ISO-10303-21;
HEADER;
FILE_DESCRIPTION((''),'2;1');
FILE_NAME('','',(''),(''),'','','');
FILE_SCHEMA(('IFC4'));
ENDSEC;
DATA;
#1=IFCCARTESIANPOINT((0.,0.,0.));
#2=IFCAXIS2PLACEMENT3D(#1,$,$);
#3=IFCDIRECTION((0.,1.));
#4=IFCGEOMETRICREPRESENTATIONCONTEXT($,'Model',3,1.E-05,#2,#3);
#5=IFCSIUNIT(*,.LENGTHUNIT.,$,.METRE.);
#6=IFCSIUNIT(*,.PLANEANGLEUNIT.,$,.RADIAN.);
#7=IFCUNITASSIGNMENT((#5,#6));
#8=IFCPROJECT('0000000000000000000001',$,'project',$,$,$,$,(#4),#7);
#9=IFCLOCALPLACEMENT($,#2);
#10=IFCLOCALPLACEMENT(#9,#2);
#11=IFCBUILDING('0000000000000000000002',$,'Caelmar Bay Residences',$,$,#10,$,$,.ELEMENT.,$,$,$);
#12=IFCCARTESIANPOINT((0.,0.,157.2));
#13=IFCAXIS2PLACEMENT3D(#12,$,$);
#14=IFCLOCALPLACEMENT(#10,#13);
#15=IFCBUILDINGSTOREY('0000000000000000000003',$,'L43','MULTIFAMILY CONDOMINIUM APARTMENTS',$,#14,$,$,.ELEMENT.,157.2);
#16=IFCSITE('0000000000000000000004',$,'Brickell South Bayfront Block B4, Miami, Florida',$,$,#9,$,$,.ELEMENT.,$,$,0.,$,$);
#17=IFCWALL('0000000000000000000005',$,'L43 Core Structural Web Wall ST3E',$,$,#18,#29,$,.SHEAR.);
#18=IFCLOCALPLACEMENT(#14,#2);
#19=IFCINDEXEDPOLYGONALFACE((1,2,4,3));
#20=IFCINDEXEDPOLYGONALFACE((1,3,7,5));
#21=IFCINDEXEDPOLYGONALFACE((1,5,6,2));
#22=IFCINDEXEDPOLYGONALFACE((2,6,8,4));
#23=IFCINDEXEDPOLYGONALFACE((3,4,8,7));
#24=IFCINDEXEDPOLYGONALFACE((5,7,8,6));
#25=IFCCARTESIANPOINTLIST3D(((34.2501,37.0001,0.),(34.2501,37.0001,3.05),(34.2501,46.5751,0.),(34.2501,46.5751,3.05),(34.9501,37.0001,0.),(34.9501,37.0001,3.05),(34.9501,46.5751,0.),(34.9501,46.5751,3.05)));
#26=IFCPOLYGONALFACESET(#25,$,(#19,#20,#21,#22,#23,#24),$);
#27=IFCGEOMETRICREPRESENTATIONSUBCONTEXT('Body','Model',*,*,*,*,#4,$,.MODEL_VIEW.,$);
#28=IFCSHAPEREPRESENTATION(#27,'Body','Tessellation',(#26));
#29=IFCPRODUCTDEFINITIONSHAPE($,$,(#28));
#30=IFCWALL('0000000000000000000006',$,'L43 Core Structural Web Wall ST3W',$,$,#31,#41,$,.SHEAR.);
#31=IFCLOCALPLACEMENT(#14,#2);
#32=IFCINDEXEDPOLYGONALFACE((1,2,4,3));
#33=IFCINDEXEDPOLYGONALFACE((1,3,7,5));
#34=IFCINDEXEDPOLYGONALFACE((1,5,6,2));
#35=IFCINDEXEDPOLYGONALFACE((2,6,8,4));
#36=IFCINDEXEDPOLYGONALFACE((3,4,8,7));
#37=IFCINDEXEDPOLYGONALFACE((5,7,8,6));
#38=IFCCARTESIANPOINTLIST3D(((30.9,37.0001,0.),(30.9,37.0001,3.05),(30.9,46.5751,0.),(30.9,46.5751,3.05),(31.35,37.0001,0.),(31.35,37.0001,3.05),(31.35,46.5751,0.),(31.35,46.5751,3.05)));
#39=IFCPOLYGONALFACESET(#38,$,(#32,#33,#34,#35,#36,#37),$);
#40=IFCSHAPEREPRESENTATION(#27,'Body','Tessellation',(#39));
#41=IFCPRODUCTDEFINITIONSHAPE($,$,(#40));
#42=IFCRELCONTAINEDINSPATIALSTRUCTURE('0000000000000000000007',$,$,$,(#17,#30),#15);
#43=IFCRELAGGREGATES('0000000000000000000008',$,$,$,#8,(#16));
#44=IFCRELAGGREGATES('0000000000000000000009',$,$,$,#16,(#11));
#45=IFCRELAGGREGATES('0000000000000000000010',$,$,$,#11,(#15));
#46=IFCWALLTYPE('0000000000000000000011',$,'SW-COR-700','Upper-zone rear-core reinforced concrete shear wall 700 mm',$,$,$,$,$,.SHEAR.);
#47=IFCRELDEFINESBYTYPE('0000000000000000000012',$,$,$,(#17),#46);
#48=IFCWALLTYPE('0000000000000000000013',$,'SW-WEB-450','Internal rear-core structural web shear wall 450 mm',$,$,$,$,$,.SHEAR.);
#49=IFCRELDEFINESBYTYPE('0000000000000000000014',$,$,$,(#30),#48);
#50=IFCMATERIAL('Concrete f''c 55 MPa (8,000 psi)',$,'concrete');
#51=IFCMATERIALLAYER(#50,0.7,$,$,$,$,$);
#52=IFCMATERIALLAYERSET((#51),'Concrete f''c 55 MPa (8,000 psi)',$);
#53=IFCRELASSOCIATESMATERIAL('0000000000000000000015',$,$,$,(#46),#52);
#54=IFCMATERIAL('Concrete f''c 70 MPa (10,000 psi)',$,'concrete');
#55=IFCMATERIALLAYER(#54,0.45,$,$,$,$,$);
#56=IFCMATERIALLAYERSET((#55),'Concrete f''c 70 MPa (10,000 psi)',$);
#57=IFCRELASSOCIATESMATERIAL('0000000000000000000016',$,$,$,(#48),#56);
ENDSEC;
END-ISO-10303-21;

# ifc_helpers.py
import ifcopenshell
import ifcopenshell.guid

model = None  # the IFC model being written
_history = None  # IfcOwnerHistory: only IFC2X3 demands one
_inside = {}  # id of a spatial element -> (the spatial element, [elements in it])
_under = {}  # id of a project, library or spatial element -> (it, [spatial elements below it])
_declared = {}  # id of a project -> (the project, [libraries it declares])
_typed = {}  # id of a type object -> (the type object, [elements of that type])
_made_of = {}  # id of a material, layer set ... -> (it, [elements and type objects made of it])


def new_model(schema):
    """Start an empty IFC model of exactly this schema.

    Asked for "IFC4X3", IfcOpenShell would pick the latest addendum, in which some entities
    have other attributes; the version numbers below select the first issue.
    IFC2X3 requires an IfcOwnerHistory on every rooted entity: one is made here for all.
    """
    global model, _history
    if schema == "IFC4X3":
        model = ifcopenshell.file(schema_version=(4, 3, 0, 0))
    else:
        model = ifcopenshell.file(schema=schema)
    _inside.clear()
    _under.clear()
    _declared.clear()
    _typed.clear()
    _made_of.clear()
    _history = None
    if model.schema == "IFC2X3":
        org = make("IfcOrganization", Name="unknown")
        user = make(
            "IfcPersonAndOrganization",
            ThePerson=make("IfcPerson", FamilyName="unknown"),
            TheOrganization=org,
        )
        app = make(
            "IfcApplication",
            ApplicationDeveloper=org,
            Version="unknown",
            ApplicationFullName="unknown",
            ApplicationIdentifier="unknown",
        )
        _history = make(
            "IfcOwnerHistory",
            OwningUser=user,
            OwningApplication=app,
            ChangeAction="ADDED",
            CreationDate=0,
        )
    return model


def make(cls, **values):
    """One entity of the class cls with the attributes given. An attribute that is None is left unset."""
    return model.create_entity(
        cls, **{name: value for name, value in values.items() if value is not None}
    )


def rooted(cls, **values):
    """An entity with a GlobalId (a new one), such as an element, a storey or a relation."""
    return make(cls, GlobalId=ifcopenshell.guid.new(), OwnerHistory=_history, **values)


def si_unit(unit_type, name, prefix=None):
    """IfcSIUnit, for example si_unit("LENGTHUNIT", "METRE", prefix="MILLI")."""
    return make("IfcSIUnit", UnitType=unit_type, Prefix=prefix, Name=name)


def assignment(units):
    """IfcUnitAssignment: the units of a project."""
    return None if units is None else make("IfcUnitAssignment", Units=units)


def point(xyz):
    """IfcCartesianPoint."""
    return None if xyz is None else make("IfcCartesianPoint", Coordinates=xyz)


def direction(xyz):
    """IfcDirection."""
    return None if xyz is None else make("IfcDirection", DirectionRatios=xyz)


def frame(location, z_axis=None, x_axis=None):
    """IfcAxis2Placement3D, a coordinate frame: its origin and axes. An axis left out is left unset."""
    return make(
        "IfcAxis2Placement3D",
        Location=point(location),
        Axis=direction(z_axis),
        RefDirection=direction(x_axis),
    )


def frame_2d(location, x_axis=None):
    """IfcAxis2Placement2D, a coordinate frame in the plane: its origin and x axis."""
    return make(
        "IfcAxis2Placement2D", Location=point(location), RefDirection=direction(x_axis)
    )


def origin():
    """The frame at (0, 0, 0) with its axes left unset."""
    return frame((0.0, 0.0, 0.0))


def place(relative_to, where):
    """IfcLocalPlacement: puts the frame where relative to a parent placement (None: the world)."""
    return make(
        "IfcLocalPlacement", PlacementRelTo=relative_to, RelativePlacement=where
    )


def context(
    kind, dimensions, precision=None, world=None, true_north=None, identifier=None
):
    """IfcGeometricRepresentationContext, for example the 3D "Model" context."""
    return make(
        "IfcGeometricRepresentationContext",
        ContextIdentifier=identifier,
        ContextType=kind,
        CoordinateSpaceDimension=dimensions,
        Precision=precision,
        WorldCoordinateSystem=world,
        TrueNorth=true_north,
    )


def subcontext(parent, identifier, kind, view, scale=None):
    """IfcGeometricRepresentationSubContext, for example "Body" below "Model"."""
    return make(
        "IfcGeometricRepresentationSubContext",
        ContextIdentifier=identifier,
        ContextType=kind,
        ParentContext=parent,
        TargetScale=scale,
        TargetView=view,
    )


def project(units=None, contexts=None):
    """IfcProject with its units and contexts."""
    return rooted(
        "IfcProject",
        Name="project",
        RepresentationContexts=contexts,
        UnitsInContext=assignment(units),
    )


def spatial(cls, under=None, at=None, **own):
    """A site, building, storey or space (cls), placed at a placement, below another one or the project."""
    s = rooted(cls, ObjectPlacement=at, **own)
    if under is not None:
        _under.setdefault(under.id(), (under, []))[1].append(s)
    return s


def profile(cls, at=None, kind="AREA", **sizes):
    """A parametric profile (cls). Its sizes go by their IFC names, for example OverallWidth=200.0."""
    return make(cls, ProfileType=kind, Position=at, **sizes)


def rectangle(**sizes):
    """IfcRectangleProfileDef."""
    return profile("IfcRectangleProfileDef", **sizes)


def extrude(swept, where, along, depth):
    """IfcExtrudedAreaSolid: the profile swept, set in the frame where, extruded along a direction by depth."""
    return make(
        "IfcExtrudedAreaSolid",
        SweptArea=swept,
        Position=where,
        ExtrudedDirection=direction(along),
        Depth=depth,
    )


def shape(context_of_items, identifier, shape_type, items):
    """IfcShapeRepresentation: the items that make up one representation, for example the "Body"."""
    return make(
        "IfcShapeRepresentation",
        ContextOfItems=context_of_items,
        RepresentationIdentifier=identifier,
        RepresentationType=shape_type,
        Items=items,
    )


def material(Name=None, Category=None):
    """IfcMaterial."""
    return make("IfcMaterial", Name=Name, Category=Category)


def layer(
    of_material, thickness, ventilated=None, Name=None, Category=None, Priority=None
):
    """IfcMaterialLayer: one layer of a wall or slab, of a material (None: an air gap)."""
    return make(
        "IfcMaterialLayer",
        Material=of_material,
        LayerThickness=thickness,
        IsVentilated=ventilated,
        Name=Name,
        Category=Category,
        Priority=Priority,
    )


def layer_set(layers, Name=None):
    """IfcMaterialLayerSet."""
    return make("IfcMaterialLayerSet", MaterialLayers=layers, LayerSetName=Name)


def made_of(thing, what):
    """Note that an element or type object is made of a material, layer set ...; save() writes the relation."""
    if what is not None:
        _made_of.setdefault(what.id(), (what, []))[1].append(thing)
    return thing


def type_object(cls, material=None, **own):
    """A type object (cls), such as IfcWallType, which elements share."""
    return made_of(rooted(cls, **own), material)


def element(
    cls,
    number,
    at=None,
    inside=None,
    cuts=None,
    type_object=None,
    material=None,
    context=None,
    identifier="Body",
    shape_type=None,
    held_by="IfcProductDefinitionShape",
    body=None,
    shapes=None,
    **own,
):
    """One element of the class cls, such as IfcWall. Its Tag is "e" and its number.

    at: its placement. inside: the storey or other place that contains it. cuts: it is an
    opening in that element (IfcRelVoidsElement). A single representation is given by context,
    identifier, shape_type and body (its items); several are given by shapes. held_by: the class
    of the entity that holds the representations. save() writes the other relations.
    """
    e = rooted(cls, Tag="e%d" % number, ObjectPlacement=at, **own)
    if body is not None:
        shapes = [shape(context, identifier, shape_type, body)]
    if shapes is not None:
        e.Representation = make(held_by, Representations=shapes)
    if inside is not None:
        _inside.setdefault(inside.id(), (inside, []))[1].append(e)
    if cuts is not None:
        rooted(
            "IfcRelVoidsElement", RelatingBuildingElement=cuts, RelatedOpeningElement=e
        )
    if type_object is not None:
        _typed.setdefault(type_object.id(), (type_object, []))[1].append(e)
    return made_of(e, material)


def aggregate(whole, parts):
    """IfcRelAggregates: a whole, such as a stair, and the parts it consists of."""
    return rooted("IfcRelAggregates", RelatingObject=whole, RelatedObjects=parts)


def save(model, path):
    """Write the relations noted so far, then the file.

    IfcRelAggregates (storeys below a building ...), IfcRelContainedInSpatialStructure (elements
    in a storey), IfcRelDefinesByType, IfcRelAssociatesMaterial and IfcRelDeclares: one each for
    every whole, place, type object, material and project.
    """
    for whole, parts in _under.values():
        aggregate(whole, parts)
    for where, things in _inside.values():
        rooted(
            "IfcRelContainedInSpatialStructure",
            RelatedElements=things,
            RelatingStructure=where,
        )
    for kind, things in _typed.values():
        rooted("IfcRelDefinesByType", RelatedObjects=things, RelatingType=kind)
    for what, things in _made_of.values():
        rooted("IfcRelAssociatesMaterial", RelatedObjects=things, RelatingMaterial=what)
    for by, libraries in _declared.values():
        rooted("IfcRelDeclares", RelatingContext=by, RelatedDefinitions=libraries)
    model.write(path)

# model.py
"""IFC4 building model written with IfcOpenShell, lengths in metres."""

from ifc_helpers import new_model, si_unit, direction, frame, frame_2d, origin, place, context, subcontext, project, spatial, rectangle, extrude, material, layer, layer_set, type_object, element, save


model = new_model("IFC4")

# Units and contexts
model_context = context("Model", 3, precision=1e-05, world=origin(), true_north=direction((0.0, 1.0)))
body_context = subcontext(model_context, "Body", "Model", "MODEL_VIEW")
ifc_project = project(units=[si_unit("LENGTHUNIT", "METRE"), si_unit("PLANEANGLEUNIT", "RADIAN")], contexts=[model_context])

# Site, building, storey
site_placement = place(None, origin())
site = spatial("IfcSite", under=ifc_project, at=site_placement, Name="Brickell South Bayfront Block B4, Miami, Florida", CompositionType="ELEMENT", RefElevation=0.0)
building_placement = place(site_placement, origin())
building = spatial("IfcBuilding", under=site, at=building_placement, Name="Caelmar Bay Residences", CompositionType="ELEMENT")
storey_placement = place(building_placement, frame((0.0, 0.0, 157.2)))
storey = spatial("IfcBuildingStorey", under=building, at=storey_placement, Name="L43", Description="MULTIFAMILY CONDOMINIUM APARTMENTS", CompositionType="ELEMENT", Elevation=157.2)

# Walls
ifc_material_1 = material(Name="Concrete f'c 55 MPa (8,000 psi)", Category="concrete")
ifc_layer_1 = layer(ifc_material_1, 0.7)
ifc_layer_set_1 = layer_set([ifc_layer_1], Name="Concrete f'c 55 MPa (8,000 psi)")
wall_type_1 = type_object("IfcWallType", Name="SW-COR-700", Description="Upper-zone rear-core reinforced concrete shear wall 700 mm", PredefinedType="SHEAR", material=ifc_layer_set_1)
wall_1_placement = place(storey_placement, frame((34.6001, 37.0, 0.0), z_axis=(0.0, 0.0, 1.0), x_axis=(0.0, 1.0, 0.0)))
element("IfcWall", 1, at=wall_1_placement, inside=storey, type_object=wall_type_1, Name="L43 Core Structural Web Wall ST3E", PredefinedType="SHEAR", context=body_context, shape_type="SweptSolid", body=[
    extrude(rectangle(XDim=9.575, YDim=0.7, at=frame_2d((4.7876, 0.0))), origin(), (0.0, 0.0, 1.0), 3.05),
])
ifc_material_2 = material(Name="Concrete f'c 70 MPa (10,000 psi)", Category="concrete")
ifc_layer_2 = layer(ifc_material_2, 0.45)
ifc_layer_set_2 = layer_set([ifc_layer_2], Name="Concrete f'c 70 MPa (10,000 psi)")
wall_type_2 = type_object("IfcWallType", Name="SW-WEB-450", Description="Internal rear-core structural web shear wall 450 mm", PredefinedType="SHEAR", material=ifc_layer_set_2)
wall_2_placement = place(storey_placement, frame((31.125, 37.0, 0.0), z_axis=(0.0, 0.0, 1.0), x_axis=(0.0, 1.0, 0.0)))
element("IfcWall", 2, at=wall_2_placement, inside=storey, type_object=wall_type_2, Name="L43 Core Structural Web Wall ST3W", PredefinedType="SHEAR", context=body_context, shape_type="SweptSolid", body=[
    extrude(rectangle(XDim=9.575, YDim=0.45, at=frame_2d((4.7876, 0.0))), origin(), (0.0, 0.0, 1.0), 3.05),
])

save(model, "model.ifc")
